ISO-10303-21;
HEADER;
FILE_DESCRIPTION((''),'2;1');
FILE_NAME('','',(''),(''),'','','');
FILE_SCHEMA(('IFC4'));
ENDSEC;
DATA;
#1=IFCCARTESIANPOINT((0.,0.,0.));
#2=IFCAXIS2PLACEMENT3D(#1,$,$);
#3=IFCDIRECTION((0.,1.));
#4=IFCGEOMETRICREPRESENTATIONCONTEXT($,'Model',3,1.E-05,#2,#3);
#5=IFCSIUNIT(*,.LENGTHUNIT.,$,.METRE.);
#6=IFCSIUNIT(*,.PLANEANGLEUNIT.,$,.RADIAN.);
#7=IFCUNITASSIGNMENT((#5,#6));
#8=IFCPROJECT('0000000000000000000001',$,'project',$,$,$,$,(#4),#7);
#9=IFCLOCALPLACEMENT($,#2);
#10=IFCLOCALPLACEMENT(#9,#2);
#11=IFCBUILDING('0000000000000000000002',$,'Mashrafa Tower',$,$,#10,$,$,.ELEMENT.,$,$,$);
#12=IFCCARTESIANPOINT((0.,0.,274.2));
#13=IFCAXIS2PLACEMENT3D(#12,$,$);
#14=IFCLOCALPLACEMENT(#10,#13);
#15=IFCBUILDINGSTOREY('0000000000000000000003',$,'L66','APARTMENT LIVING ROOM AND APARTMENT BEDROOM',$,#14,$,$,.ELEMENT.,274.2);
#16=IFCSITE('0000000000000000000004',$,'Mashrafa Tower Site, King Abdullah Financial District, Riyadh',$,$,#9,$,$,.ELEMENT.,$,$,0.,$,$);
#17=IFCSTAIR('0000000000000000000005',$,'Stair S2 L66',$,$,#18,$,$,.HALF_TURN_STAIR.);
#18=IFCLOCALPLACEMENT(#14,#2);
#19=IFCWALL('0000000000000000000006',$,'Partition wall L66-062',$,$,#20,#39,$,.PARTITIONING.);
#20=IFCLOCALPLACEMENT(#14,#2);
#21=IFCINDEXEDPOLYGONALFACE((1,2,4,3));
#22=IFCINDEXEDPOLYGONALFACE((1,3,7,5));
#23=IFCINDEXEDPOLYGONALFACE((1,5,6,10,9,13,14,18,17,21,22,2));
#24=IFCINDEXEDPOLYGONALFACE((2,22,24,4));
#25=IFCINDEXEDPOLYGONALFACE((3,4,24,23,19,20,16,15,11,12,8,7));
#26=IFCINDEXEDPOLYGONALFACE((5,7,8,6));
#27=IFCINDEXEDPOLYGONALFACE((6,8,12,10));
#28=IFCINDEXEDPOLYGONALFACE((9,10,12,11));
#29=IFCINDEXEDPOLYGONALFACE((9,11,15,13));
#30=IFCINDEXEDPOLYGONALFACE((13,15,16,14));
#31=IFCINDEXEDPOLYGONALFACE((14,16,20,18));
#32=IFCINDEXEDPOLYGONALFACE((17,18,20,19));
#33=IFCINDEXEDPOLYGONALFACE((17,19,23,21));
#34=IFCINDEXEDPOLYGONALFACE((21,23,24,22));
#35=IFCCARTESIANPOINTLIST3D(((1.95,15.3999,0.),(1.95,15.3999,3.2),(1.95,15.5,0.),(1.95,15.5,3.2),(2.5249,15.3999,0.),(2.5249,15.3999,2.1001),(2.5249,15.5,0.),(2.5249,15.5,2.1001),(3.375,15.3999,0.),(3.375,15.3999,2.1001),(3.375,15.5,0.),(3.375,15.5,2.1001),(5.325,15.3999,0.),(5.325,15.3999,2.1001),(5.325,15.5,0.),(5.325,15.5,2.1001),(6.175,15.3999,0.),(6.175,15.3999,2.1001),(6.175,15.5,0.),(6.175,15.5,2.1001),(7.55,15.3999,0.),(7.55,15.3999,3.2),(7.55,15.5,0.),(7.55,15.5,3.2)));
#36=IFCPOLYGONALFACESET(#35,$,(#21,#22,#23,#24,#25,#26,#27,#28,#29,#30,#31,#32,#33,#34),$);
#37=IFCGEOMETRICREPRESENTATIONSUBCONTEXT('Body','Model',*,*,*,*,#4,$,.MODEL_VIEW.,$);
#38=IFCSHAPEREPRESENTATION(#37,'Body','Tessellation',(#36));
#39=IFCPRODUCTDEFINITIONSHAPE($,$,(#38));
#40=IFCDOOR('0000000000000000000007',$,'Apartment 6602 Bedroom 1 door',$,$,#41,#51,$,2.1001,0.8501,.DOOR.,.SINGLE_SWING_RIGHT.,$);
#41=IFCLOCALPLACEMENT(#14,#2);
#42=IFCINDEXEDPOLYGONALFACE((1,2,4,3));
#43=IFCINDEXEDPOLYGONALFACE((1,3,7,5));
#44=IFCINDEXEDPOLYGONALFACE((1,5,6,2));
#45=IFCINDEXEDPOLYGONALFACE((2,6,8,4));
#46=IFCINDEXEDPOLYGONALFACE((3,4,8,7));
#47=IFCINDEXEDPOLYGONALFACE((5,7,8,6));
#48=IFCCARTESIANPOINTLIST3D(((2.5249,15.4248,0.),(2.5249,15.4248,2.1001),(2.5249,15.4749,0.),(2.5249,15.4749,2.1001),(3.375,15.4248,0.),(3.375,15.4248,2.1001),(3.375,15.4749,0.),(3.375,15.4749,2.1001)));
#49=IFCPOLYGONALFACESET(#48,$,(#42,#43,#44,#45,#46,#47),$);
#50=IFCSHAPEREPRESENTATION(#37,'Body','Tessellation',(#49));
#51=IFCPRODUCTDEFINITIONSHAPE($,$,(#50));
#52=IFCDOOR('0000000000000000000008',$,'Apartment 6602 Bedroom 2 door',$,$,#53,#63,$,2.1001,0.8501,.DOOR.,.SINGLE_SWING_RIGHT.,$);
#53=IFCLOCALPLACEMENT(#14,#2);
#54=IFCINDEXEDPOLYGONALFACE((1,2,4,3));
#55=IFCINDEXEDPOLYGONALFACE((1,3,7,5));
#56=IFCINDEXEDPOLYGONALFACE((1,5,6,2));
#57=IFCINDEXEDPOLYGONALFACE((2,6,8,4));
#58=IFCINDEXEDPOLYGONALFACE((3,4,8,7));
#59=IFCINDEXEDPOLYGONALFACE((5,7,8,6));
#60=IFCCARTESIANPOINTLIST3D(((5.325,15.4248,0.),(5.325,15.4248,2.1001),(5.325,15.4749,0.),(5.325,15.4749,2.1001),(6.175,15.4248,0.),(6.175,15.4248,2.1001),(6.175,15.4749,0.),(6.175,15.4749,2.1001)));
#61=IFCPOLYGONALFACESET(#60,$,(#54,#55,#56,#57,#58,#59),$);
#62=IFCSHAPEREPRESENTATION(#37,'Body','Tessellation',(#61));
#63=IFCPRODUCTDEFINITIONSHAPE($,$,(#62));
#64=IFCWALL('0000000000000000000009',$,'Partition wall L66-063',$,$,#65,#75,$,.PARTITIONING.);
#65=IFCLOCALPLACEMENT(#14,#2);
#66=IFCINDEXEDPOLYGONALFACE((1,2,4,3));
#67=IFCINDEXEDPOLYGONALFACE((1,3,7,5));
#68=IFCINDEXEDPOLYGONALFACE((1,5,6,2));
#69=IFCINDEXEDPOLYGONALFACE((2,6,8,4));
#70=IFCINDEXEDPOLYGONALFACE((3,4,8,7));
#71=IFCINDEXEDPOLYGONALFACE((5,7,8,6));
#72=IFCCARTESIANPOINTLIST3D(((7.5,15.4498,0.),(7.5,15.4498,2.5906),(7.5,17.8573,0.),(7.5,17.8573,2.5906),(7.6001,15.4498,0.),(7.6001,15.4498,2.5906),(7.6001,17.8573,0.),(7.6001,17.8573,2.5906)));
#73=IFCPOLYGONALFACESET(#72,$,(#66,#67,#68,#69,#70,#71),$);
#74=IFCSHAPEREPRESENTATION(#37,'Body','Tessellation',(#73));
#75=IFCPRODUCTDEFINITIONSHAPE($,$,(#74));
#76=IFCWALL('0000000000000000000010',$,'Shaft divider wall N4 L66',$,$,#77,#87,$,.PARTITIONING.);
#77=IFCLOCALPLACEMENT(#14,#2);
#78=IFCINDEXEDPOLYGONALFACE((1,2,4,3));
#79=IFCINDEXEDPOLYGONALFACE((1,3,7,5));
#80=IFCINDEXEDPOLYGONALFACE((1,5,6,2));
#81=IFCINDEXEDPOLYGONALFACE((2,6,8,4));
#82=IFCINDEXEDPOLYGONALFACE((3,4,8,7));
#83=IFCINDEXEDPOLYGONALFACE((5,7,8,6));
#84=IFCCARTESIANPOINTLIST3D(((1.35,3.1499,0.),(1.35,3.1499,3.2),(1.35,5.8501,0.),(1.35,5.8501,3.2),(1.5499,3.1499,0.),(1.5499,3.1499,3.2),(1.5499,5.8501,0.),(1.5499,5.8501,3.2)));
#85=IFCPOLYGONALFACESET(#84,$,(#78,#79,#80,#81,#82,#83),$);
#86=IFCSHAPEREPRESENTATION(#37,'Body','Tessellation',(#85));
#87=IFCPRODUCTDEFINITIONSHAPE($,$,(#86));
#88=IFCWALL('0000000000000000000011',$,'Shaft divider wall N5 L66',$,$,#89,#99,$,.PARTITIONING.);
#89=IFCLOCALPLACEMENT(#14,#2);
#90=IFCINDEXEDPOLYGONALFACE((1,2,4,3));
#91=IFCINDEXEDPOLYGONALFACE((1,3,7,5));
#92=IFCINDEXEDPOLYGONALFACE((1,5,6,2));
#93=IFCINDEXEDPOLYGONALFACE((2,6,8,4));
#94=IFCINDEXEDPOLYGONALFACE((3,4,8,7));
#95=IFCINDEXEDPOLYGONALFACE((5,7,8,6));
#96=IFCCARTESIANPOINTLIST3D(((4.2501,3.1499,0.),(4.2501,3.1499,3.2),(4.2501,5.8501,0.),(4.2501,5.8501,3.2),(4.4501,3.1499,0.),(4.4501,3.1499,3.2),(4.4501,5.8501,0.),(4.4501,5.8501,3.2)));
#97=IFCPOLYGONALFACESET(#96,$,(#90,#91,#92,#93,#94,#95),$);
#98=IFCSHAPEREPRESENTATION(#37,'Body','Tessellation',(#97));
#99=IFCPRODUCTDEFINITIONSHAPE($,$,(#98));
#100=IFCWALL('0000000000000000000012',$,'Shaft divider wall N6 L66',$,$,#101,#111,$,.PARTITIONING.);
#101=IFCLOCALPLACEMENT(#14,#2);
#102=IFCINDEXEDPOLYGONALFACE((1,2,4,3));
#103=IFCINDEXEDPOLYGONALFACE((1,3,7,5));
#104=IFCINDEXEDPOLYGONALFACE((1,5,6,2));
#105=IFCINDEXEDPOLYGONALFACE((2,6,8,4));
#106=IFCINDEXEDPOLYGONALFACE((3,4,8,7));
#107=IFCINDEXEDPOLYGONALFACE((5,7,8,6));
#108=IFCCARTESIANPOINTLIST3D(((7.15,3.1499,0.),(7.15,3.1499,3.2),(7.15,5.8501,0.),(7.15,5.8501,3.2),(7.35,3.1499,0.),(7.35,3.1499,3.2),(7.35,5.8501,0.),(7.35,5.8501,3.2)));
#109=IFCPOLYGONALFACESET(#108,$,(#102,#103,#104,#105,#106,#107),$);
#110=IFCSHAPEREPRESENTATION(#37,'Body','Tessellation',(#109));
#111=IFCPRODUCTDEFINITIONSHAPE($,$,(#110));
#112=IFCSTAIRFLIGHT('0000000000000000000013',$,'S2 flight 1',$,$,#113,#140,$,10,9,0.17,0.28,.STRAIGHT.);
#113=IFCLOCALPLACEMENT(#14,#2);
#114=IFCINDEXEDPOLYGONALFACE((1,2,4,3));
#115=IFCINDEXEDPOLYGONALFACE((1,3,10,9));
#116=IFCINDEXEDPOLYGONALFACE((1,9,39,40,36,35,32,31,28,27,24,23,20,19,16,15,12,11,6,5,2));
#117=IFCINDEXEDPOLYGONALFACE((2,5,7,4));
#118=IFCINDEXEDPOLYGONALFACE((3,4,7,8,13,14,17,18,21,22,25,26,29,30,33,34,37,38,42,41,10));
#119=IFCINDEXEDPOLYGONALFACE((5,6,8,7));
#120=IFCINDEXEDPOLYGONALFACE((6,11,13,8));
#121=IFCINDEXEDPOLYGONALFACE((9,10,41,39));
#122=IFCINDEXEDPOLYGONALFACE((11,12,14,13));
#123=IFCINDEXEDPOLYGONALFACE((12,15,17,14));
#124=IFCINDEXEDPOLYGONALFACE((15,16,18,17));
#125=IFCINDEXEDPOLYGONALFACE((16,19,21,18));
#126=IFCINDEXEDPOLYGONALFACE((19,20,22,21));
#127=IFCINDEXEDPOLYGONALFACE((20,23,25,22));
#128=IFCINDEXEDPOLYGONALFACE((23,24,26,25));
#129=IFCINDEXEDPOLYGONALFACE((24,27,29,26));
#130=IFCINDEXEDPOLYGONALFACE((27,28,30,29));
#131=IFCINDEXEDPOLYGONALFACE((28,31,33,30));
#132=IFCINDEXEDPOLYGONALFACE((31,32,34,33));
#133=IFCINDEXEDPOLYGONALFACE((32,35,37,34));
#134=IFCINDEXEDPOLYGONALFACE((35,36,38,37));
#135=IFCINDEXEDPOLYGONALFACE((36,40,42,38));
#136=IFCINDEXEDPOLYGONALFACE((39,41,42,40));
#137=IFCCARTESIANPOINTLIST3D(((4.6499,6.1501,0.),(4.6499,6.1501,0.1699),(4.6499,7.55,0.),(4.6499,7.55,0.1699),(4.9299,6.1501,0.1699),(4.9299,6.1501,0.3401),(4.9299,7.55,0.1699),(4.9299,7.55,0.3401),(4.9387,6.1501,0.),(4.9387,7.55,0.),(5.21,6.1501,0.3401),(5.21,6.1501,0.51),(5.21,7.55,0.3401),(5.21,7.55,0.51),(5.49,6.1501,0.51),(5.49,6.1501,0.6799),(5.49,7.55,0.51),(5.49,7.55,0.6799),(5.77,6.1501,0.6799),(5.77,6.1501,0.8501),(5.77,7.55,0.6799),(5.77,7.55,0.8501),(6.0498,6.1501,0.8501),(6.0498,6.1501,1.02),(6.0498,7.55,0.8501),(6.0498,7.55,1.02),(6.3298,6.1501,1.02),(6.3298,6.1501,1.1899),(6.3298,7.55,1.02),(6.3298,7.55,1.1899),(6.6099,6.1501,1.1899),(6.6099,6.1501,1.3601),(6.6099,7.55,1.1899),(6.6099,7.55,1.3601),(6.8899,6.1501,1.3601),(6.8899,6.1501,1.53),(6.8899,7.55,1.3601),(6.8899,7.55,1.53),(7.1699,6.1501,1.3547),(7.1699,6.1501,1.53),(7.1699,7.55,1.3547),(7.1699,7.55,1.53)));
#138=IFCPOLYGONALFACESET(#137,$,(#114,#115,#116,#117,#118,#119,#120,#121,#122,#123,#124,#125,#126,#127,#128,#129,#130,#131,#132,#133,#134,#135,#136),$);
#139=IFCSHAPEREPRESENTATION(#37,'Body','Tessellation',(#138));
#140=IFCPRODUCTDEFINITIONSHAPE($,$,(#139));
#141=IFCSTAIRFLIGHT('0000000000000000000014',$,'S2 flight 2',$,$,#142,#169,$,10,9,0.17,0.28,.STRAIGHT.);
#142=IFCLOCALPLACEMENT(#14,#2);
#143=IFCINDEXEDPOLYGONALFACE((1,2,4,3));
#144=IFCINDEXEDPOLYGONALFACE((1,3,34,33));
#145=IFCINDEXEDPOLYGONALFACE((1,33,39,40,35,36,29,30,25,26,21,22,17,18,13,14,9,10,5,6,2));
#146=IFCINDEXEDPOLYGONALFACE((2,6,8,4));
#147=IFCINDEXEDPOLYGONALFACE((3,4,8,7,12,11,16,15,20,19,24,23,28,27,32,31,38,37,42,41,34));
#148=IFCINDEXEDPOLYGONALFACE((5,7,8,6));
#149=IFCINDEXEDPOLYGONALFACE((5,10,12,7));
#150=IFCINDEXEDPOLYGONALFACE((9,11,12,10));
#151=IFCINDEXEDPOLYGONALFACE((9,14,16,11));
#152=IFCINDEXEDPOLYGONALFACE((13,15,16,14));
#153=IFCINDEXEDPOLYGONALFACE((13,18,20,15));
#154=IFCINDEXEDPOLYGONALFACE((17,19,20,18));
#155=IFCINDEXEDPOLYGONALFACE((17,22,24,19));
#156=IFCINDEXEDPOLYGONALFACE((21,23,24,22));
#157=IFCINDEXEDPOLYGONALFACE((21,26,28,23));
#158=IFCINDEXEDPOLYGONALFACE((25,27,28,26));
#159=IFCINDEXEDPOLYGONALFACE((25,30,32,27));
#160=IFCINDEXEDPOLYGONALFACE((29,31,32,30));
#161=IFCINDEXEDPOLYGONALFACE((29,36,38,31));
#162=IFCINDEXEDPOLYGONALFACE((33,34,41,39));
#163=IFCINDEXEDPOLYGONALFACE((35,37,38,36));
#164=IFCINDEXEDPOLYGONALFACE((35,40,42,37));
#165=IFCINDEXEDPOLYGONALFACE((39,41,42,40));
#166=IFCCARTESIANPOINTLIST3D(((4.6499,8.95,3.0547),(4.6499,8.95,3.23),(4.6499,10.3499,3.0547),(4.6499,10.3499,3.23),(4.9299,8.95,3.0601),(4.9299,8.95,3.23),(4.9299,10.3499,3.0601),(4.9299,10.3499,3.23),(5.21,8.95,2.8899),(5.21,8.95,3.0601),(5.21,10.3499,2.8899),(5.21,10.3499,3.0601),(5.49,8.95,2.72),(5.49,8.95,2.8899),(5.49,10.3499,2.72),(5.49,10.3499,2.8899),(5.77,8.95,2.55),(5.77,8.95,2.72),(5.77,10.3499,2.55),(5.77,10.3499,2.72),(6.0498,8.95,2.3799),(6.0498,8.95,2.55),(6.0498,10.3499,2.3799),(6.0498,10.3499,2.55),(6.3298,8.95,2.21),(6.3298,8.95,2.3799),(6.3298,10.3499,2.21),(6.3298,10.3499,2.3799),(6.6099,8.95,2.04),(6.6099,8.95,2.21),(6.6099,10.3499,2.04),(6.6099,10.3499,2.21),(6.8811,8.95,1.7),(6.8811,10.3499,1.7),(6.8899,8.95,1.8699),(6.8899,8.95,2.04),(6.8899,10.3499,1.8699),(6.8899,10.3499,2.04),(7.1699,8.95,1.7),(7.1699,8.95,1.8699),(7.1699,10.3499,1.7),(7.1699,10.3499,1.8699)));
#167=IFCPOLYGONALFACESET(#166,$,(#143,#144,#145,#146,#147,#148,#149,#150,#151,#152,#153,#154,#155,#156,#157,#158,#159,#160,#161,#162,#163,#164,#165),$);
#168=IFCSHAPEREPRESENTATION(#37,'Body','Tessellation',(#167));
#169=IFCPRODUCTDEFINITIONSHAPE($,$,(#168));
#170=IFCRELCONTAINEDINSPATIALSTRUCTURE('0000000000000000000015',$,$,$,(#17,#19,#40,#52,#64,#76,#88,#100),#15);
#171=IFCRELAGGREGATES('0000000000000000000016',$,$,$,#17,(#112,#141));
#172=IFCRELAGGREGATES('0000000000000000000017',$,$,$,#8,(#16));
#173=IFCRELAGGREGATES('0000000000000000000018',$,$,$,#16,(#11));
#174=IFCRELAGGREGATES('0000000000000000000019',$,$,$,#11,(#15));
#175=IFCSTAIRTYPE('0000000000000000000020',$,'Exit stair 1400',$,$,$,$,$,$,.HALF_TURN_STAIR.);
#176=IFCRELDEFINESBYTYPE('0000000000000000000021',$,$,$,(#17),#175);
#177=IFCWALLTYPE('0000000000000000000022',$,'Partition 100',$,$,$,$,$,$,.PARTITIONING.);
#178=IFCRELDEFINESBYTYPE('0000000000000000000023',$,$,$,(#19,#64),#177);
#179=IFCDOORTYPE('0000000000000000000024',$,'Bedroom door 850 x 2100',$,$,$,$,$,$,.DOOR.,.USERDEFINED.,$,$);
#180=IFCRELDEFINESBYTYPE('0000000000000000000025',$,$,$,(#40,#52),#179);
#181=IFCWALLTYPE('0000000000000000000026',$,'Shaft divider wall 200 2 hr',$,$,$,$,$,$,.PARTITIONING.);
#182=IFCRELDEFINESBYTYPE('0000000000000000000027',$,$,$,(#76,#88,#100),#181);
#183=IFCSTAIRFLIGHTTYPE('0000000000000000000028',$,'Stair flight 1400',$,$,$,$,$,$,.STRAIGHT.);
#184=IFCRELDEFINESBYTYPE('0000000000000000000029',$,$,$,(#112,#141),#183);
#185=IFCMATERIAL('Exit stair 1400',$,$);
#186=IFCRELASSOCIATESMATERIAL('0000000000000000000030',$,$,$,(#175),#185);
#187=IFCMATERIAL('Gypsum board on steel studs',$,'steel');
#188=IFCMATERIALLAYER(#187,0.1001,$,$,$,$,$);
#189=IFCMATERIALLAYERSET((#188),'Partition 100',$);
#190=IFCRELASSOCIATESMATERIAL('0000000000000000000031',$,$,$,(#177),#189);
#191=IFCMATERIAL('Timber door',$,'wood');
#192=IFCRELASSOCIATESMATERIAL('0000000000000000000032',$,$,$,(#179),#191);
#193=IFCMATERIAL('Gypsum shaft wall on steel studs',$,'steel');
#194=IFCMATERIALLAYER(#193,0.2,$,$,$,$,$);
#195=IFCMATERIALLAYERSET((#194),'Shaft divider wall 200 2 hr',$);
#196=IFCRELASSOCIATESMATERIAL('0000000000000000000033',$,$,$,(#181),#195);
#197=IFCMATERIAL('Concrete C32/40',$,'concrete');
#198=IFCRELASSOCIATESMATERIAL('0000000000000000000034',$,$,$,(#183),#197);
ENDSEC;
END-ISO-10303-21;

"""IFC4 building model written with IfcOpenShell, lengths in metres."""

from ifc_helpers import new_model, si_unit, direction, frame, frame_2d, origin, place, context, subcontext, project, spatial, polyline, rectangle, outline, extrude, material, layer, layer_set, type_object, element, fill, aggregate, save


model = new_model("IFC4")

# Units and contexts
model_context = context("Model", 3, precision=1e-05, world=origin(), true_north=direction((0.0, 1.0)))
body_context = subcontext(model_context, "Body", "Model", "MODEL_VIEW")
ifc_project = project(units=[si_unit("LENGTHUNIT", "METRE"), si_unit("PLANEANGLEUNIT", "RADIAN")], contexts=[model_context])

# Site, building, storey
site_placement = place(None, origin())
site = spatial("IfcSite", under=ifc_project, at=site_placement, Name="Mashrafa Tower Site, King Abdullah Financial District, Riyadh", CompositionType="ELEMENT", RefElevation=0.0)
building_placement = place(site_placement, origin())
building = spatial("IfcBuilding", under=site, at=building_placement, Name="Mashrafa Tower", CompositionType="ELEMENT")
storey_placement = place(building_placement, frame((0.0, 0.0, 274.2)))
storey = spatial("IfcBuildingStorey", under=building, at=storey_placement, Name="L66", Description="APARTMENT LIVING ROOM AND APARTMENT BEDROOM", CompositionType="ELEMENT", Elevation=274.2)

# Stair
ifc_material_1 = material(Name="Exit stair 1400")
stair_type = type_object("IfcStairType", Name="Exit stair 1400", PredefinedType="HALF_TURN_STAIR", material=ifc_material_1)
stair_1_placement = place(storey_placement, origin())
stair_1 = element("IfcStair", 1, at=stair_1_placement, inside=storey, type_object=stair_type, Name="Stair S2 L66", PredefinedType="HALF_TURN_STAIR")

# Shared definitions
ifc_material_2 = material(Name="Gypsum board on steel studs", Category="steel")
ifc_layer_1 = layer(ifc_material_2, 0.1001)
ifc_layer_set_1 = layer_set([ifc_layer_1], Name="Partition 100")
wall_type_1 = type_object("IfcWallType", Name="Partition 100", PredefinedType="PARTITIONING", material=ifc_layer_set_1)

# Wall, openings, doors
wall_1_placement = place(storey_placement, frame((1.95, 15.45, 0.0), z_axis=(0.0, 0.0, 1.0), x_axis=(1.0, 0.0, 0.0)))
wall_1 = element("IfcWall", 2, at=wall_1_placement, inside=storey, type_object=wall_type_1, Name="Partition wall L66-062", PredefinedType="PARTITIONING", context=body_context, shape_type="SweptSolid", body=[
    extrude(rectangle(XDim=5.6001, YDim=0.1001, at=frame_2d((2.8, 0.0))), origin(), (0.0, 0.0, 1.0), 3.2),
])
opening_1_placement = place(wall_1_placement, frame((0.575, 0.0, 0.0)))
opening_1 = element("IfcOpeningElement", 3, at=opening_1_placement, cuts=wall_1, PredefinedType="OPENING", context=body_context, shape_type="SweptSolid", body=[
    extrude(rectangle(XDim=0.8501, YDim=2.1001, at=frame_2d((0.425, 1.05))), frame((0.0, 0.0601, 0.0), z_axis=(0.0, -1.0, 0.0), x_axis=(1.0, 0.0, 0.0)), (0.0, 0.0, 1.0), 0.1201),
])
opening_2_placement = place(wall_1_placement, frame((3.375, 0.0, 0.0)))
opening_2 = element("IfcOpeningElement", 4, at=opening_2_placement, cuts=wall_1, PredefinedType="OPENING", context=body_context, shape_type="SweptSolid", body=[
    extrude(rectangle(XDim=0.8501, YDim=2.1001, at=frame_2d((0.425, 1.05))), frame((0.0, 0.0601, 0.0), z_axis=(0.0, -1.0, 0.0), x_axis=(1.0, 0.0, 0.0)), (0.0, 0.0, 1.0), 0.1201),
])
ifc_material_3 = material(Name="Timber door", Category="wood")
door_type_1 = type_object("IfcDoorType", Name="Bedroom door 850 x 2100", OperationType="USERDEFINED", PredefinedType="DOOR", material=ifc_material_3)
door_1_placement = place(opening_1_placement, origin())
door_1 = element("IfcDoor", 5, at=door_1_placement, inside=storey, type_object=door_type_1, Name="Apartment 6602 Bedroom 1 door", OperationType="SINGLE_SWING_RIGHT", OverallHeight=2.1001, OverallWidth=0.8501, PredefinedType="DOOR", context=body_context, shape_type="SweptSolid", body=[
    extrude(rectangle(XDim=0.8501, YDim=2.1001, at=frame_2d((0.425, 1.05))), frame((0.0, 0.0249, 0.0), z_axis=(0.0, -1.0, 0.0), x_axis=(1.0, 0.0, 0.0)), (0.0, 0.0, 1.0), 0.05),
])
fill(opening_1, door_1)
door_2_placement = place(opening_2_placement, origin())
door_2 = element("IfcDoor", 6, at=door_2_placement, inside=storey, type_object=door_type_1, Name="Apartment 6602 Bedroom 2 door", OperationType="SINGLE_SWING_RIGHT", OverallHeight=2.1001, OverallWidth=0.8501, PredefinedType="DOOR", context=body_context, shape_type="SweptSolid", body=[
    extrude(rectangle(XDim=0.8501, YDim=2.1001, at=frame_2d((0.425, 1.05))), frame((0.0, 0.0249, 0.0), z_axis=(0.0, -1.0, 0.0), x_axis=(1.0, 0.0, 0.0)), (0.0, 0.0, 1.0), 0.05),
])
fill(opening_2, door_2)

# Walls
wall_2_placement = place(storey_placement, frame((7.55, 15.45, 0.0), z_axis=(0.0, 0.0, 1.0), x_axis=(0.0, 1.0, 0.0)))
element("IfcWall", 7, at=wall_2_placement, inside=storey, type_object=wall_type_1, Name="Partition wall L66-063", PredefinedType="PARTITIONING", context=body_context, shape_type="SweptSolid", body=[
    extrude(rectangle(XDim=2.4075, YDim=0.1001, at=frame_2d((1.2036, 0.0))), origin(), (0.0, 0.0, 1.0), 2.5906),
])
ifc_material_4 = material(Name="Gypsum shaft wall on steel studs", Category="steel")
ifc_layer_2 = layer(ifc_material_4, 0.2)
ifc_layer_set_2 = layer_set([ifc_layer_2], Name="Shaft divider wall 200 2 hr")
wall_type_2 = type_object("IfcWallType", Name="Shaft divider wall 200 2 hr", PredefinedType="PARTITIONING", material=ifc_layer_set_2)
for number, where, z_axis, x_axis, name in (
    (8, (1.45, 3.1499, 0.0), (0.0, 0.0, 1.0), (0.0, 1.0, 0.0), "Shaft divider wall N4 L66"),
    (9, (4.3501, 3.1499, 0.0), (0.0, 0.0, 1.0), (0.0, 1.0, 0.0), "Shaft divider wall N5 L66"),
    (10, (7.25, 3.1499, 0.0), (0.0, 0.0, 1.0), (0.0, 1.0, 0.0), "Shaft divider wall N6 L66"),
):
    element("IfcWall", number, at=place(storey_placement, frame(where, z_axis=z_axis, x_axis=x_axis)), inside=storey, type_object=wall_type_2, Name=name, PredefinedType="PARTITIONING", context=body_context, shape_type="SweptSolid", body=[
        extrude(rectangle(XDim=2.7002, YDim=0.2, at=frame_2d((1.3501, 0.0))), origin(), (0.0, 0.0, 1.0), 3.2),
    ])

# Stair flights
ifc_material_5 = material(Name="Concrete C32/40", Category="concrete")
stair_flight_type = type_object("IfcStairFlightType", Name="Stair flight 1400", PredefinedType="STRAIGHT", material=ifc_material_5)
stair_flight_1_placement = place(storey_placement, frame((4.6499, 6.8501, 0.0), z_axis=(0.0, 0.0, 1.0), x_axis=(1.0, 0.0, 0.0)))
stair_flight_1 = element("IfcStairFlight", 11, at=stair_flight_1_placement, type_object=stair_flight_type, Name="S2 flight 1", NumberOfRisers=10, NumberOfTreads=9, PredefinedType="STRAIGHT", RiserHeight=0.17, TreadLength=0.28, context=body_context, shape_type="SweptSolid", body=[
    extrude(outline(polyline([(0.0, 0.0), (0.0, 0.1699), (0.28, 0.1699), (0.28, 0.3401), (0.5601, 0.3401), (0.5601, 0.51), (0.8401, 0.51), (0.8401, 0.6799), (1.1201, 0.6799), (1.1201, 0.8501), (1.3999, 0.8501), (1.3999, 1.02), (1.6799, 1.02), (1.6799, 1.1899), (1.96, 1.1899), (1.96, 1.3601), (2.24, 1.3601), (2.24, 1.53), (2.52, 1.53), (2.52, 1.7), (2.52, 1.3547), (0.2888, 0.0), (0.0, 0.0)])), frame((0.0, 0.7, 0.0), z_axis=(0.0, -1.0, 0.0), x_axis=(1.0, 0.0, 0.0)), (0.0, 0.0, 1.0), 1.3999),
])
stair_flight_2_placement = place(storey_placement, frame((7.1699, 9.6499, 1.7), z_axis=(0.0, 0.0, 1.0), x_axis=(-1.0, 0.0, 0.0)))
stair_flight_2 = element("IfcStairFlight", 12, at=stair_flight_2_placement, type_object=stair_flight_type, Name="S2 flight 2", NumberOfRisers=10, NumberOfTreads=9, PredefinedType="STRAIGHT", RiserHeight=0.17, TreadLength=0.28, context=body_context, shape_type="SweptSolid", body=[
    extrude(outline(polyline([(0.0, 0.0), (0.0, 0.1699), (0.28, 0.1699), (0.28, 0.3401), (0.5601, 0.3401), (0.5601, 0.51), (0.8401, 0.51), (0.8401, 0.6799), (1.1201, 0.6799), (1.1201, 0.8501), (1.3999, 0.8501), (1.3999, 1.02), (1.6799, 1.02), (1.6799, 1.1899), (1.96, 1.1899), (1.96, 1.3601), (2.24, 1.3601), (2.24, 1.53), (2.52, 1.53), (2.52, 1.7), (2.52, 1.3547), (0.2888, 0.0), (0.0, 0.0)])), frame((0.0, 0.7, 0.0), z_axis=(0.0, -1.0, 0.0), x_axis=(1.0, 0.0, 0.0)), (0.0, 0.0, 1.0), 1.3999),
])
aggregate(stair_1, [stair_flight_1, stair_flight_2])

save(model, "model.ifc")
